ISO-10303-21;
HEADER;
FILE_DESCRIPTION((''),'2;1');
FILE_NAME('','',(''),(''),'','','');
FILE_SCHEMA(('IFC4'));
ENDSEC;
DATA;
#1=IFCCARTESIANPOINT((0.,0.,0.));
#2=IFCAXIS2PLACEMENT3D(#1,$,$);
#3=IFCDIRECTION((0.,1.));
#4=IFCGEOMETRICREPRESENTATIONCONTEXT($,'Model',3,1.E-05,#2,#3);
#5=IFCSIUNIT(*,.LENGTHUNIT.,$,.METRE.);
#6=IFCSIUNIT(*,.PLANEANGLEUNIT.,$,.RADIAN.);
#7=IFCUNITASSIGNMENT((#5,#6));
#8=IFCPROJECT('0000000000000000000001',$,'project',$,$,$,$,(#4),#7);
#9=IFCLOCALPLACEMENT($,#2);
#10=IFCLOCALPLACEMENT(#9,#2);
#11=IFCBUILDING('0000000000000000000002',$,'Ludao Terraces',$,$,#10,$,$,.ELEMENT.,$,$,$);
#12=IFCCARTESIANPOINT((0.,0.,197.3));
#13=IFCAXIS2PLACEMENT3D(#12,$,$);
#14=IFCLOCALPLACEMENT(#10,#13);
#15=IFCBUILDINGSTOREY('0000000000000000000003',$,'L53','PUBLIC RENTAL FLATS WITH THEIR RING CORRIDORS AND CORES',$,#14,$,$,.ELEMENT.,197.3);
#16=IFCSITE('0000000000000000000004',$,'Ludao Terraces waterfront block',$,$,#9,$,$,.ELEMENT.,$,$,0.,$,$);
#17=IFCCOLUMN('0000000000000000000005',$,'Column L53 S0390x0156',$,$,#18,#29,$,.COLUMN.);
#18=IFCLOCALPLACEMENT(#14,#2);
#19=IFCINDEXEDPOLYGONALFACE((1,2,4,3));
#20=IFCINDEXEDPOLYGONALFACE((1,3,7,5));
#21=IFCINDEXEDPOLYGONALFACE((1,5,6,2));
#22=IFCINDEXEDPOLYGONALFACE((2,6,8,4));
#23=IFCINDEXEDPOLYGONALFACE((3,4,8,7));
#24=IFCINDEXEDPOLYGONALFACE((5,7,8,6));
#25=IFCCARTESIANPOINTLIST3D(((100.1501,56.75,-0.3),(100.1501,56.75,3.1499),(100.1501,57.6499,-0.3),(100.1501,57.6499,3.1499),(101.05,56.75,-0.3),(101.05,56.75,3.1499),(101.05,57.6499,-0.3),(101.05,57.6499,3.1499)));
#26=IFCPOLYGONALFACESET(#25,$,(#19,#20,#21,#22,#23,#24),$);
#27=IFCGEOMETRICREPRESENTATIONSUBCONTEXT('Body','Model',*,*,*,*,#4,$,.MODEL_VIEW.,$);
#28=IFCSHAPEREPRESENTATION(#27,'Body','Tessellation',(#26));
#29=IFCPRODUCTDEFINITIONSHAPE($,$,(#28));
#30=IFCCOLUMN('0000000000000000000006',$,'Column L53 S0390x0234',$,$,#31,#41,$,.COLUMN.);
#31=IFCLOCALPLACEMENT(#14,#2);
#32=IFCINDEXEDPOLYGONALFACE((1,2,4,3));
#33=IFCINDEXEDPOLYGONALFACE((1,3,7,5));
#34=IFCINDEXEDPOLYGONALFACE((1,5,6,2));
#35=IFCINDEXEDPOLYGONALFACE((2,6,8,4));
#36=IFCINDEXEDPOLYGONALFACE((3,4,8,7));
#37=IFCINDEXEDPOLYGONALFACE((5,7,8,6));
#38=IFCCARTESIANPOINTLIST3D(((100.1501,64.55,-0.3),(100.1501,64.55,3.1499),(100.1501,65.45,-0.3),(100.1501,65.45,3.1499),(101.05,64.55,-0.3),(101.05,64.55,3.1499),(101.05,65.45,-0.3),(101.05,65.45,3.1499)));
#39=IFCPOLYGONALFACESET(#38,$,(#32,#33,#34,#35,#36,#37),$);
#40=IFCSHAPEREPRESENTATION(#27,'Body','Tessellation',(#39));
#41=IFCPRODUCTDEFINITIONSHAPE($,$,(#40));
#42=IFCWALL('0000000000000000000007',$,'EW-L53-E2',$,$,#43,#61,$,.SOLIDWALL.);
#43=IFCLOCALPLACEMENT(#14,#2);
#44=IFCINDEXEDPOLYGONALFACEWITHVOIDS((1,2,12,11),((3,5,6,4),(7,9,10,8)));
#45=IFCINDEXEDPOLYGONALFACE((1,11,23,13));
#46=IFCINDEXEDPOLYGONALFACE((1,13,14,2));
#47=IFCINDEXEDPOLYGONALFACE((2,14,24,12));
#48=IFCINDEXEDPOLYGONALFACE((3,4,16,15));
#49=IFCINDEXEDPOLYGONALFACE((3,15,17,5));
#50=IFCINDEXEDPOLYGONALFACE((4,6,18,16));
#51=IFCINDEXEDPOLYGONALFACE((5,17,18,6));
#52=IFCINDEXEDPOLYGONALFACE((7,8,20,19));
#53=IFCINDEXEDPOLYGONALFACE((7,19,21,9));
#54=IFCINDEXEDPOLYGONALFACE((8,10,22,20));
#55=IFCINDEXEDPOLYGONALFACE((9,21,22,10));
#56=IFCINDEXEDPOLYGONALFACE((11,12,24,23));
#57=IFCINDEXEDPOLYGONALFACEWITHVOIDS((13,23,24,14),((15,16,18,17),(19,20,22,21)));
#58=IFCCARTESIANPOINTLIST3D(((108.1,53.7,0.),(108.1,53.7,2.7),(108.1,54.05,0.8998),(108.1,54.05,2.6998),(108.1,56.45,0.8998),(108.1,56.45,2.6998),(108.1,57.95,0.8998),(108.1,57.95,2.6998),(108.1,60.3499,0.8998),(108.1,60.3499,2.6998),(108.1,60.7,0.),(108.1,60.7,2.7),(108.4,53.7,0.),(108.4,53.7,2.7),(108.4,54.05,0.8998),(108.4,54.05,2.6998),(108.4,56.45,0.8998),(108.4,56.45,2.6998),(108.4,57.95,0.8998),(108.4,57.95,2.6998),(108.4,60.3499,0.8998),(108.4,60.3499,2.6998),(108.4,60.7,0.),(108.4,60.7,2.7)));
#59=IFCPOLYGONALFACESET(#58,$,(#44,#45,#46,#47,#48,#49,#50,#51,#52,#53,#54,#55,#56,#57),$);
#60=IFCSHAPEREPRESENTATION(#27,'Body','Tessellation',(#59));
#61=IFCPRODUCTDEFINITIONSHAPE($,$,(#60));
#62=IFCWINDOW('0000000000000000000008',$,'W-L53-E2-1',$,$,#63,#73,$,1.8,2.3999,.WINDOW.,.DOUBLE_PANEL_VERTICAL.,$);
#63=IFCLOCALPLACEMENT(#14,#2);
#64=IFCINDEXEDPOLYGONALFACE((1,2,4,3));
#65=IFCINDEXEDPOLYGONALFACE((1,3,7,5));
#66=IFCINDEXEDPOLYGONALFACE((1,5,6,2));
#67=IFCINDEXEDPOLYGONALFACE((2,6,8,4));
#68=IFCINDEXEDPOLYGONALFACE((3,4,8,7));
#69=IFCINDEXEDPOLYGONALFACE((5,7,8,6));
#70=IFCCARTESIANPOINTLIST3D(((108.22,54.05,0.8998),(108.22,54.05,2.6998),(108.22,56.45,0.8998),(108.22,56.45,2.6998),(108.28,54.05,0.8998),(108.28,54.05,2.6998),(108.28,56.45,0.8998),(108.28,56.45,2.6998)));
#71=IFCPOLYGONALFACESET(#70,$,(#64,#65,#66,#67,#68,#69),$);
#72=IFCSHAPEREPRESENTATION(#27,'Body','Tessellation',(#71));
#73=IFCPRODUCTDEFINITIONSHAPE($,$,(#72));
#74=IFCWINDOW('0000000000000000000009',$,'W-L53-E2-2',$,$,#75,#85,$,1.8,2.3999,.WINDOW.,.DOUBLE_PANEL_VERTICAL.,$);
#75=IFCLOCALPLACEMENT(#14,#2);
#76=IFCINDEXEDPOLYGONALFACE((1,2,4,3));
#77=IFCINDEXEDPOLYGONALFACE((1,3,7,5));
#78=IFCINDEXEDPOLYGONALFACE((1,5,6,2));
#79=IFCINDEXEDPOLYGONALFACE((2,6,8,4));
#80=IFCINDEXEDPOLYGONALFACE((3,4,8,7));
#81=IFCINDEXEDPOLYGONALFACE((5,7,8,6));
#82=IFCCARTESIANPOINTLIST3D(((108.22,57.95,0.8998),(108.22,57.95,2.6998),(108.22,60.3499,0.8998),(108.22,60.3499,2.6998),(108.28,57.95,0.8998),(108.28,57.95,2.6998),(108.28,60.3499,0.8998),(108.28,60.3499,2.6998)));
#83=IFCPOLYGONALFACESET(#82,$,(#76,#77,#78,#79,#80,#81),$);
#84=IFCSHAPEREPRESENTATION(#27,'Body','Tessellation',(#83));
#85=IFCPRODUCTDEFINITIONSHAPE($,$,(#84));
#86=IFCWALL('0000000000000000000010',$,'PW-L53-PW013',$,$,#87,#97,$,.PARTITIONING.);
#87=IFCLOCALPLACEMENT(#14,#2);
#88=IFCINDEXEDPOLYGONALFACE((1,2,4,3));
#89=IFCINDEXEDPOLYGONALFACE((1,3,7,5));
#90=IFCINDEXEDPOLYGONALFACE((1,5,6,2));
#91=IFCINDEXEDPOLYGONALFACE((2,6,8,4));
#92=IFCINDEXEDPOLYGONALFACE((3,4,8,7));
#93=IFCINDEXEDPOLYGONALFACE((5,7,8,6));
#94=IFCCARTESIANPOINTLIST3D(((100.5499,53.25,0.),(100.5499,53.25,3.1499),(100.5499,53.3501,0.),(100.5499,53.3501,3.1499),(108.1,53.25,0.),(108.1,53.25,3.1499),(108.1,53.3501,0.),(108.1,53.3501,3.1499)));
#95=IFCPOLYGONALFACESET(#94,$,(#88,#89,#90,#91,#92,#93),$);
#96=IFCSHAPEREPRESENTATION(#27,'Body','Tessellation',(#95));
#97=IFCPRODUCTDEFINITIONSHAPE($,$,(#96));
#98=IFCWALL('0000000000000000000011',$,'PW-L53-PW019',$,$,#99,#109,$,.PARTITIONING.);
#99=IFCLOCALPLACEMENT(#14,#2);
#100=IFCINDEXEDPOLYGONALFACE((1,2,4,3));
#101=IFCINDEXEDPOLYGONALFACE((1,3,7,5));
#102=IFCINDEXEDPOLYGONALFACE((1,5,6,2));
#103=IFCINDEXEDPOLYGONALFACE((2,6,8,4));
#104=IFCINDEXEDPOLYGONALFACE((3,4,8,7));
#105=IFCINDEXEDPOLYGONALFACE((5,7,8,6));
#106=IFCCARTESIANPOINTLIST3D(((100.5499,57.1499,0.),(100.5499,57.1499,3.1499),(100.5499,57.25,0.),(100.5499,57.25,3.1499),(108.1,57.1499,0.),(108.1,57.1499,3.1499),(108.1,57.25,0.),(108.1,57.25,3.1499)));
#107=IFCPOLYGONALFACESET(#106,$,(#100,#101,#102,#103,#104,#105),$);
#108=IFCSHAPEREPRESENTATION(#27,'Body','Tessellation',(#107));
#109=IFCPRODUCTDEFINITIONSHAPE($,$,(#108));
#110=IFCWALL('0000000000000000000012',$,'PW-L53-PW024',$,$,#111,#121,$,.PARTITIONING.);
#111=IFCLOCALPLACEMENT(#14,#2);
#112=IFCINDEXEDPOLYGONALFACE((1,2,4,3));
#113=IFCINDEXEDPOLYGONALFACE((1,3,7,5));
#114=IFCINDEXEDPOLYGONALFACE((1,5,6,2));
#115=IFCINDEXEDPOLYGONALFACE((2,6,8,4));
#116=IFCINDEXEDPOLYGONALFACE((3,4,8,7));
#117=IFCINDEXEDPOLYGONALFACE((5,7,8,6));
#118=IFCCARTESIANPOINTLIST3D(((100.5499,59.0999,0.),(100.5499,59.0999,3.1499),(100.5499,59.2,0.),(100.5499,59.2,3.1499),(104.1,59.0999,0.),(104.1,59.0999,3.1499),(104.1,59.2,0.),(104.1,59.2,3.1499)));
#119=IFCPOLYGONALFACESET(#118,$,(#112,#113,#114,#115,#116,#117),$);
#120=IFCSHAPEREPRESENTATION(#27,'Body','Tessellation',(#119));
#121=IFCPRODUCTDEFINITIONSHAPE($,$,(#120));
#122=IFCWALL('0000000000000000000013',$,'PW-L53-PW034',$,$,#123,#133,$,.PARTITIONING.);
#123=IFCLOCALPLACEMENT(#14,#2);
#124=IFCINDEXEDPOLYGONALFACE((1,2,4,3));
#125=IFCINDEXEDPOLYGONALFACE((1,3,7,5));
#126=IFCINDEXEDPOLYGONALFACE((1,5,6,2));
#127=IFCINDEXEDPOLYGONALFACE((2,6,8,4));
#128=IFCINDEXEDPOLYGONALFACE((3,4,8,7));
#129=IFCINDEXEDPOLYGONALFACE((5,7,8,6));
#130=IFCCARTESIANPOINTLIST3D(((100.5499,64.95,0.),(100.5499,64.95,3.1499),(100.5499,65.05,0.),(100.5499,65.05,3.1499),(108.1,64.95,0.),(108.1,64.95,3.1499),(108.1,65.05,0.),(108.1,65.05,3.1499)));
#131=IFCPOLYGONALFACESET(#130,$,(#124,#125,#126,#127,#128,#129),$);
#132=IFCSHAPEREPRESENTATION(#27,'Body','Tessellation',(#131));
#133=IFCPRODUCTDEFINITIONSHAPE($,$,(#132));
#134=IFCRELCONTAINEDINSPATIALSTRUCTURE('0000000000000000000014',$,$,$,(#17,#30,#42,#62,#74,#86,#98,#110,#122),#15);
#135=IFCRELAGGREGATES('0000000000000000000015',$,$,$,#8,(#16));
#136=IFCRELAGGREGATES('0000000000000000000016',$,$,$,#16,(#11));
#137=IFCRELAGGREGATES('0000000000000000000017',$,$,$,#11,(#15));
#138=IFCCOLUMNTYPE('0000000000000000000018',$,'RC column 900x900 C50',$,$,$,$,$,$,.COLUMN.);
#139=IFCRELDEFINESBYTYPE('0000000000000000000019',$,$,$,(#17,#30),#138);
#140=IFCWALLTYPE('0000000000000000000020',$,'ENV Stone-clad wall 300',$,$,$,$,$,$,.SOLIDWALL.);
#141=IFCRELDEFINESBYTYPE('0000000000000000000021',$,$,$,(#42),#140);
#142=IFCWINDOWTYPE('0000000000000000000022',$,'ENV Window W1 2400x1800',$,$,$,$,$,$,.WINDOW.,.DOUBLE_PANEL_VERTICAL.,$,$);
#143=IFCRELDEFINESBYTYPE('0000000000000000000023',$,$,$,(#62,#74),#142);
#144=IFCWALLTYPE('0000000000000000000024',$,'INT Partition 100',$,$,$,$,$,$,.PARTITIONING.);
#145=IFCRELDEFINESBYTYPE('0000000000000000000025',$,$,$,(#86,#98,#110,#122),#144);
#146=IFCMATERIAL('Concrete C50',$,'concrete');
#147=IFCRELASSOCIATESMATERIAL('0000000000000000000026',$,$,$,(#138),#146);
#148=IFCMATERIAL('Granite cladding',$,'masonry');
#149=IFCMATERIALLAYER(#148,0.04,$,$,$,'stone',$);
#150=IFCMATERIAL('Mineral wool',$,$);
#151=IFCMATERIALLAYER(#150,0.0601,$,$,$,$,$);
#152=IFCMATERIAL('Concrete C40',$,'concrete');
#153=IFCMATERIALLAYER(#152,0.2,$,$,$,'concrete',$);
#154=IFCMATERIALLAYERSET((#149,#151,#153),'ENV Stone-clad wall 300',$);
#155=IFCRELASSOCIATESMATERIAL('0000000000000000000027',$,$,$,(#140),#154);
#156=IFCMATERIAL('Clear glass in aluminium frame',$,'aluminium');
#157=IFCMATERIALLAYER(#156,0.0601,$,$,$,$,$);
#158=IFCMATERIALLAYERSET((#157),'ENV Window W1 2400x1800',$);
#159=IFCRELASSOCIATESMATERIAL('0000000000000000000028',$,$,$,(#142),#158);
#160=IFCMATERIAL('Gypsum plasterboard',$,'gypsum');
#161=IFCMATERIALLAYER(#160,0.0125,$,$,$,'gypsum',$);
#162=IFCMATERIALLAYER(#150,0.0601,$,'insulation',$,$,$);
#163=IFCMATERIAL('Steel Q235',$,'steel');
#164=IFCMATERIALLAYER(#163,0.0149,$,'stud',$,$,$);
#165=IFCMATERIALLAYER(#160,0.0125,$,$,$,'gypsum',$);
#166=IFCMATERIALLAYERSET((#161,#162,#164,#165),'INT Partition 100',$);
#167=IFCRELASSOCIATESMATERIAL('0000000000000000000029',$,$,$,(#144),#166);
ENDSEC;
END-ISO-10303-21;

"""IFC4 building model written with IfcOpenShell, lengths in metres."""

from ifc_helpers import new_model, si_unit, direction, frame, frame_2d, origin, origin_2d, place, context, subcontext, project, spatial, rectangle, extrude, material, layer, layer_set, material_profile, profile_set, type_object, element, fill, save


model = new_model("IFC4")

# Units and contexts
model_context = context("Model", 3, precision=1e-05, world=origin(), true_north=direction((0.0, 1.0)))
body_context = subcontext(model_context, "Body", "Model", "MODEL_VIEW")
ifc_project = project(units=[si_unit("LENGTHUNIT", "METRE"), si_unit("PLANEANGLEUNIT", "RADIAN")], contexts=[model_context])

# Site, building, storey
site_placement = place(None, origin())
site = spatial("IfcSite", under=ifc_project, at=site_placement, Name="Ludao Terraces waterfront block", CompositionType="ELEMENT", RefElevation=0.0)
building_placement = place(site_placement, origin())
building = spatial("IfcBuilding", under=site, at=building_placement, Name="Ludao Terraces", CompositionType="ELEMENT")
storey_placement = place(building_placement, frame((0.0, 0.0, 197.3)))
storey = spatial("IfcBuildingStorey", under=building, at=storey_placement, Name="L53", Description="PUBLIC RENTAL FLATS WITH THEIR RING CORRIDORS AND CORES", CompositionType="ELEMENT", Elevation=197.3)

# Columns
ifc_material_1 = material(Name="Concrete C50", Category="concrete")
ifc_material_profile = material_profile(ifc_material_1, rectangle(XDim=0.8999, YDim=0.8999, at=origin_2d()), Name="900 X 900")
ifc_profile_set = profile_set([ifc_material_profile], Name="Concrete C50")
column_type = type_object("IfcColumnType", Name="RC column 900x900 C50", PredefinedType="COLUMN", material=ifc_profile_set)
for number, where, z_axis, x_axis, name in (
    (1, (100.6001, 57.2, -0.3), (0.0, 0.0, 1.0), (1.0, 0.0, 0.0), "Column L53 S0390x0156"),
    (2, (100.6001, 65.0, -0.3), (0.0, 0.0, 1.0), (1.0, 0.0, 0.0), "Column L53 S0390x0234"),
):
    element("IfcColumn", number, at=place(storey_placement, frame(where, z_axis=z_axis, x_axis=x_axis)), inside=storey, type_object=column_type, Name=name, PredefinedType="COLUMN", context=body_context, shape_type="SweptSolid", body=[
        extrude(rectangle(XDim=0.8999, YDim=0.8999, at=origin_2d()), origin(), (0.0, 0.0, 1.0), 3.45),
    ])

# Wall, openings, windows
ifc_material_2 = material(Name="Granite cladding", Category="masonry")
ifc_layer_1 = layer(ifc_material_2, 0.04, Category="stone")
ifc_material_3 = material(Name="Mineral wool")
ifc_layer_2 = layer(ifc_material_3, 0.0601)
ifc_material_4 = material(Name="Concrete C40", Category="concrete")
ifc_layer_3 = layer(ifc_material_4, 0.2, Category="concrete")
ifc_layer_set_1 = layer_set([ifc_layer_1, ifc_layer_2, ifc_layer_3], Name="ENV Stone-clad wall 300")
wall_type_1 = type_object("IfcWallType", Name="ENV Stone-clad wall 300", PredefinedType="SOLIDWALL", material=ifc_layer_set_1)
wall_1_placement = place(storey_placement, frame((108.25, 53.7, 0.0), z_axis=(0.0, 0.0, 1.0), x_axis=(0.0, 1.0, 0.0)))
wall_1 = element("IfcWall", 3, at=wall_1_placement, inside=storey, type_object=wall_type_1, Name="EW-L53-E2", PredefinedType="SOLIDWALL", context=body_context, shape_type="SweptSolid", body=[
    extrude(rectangle(XDim=7.0, YDim=0.3, at=frame_2d((3.5, 0.0))), origin(), (0.0, 0.0, 1.0), 2.7),
])
opening_1_placement = place(wall_1_placement, frame((0.3501, 0.0, 0.8999)))
opening_1 = element("IfcOpeningElement", 4, at=opening_1_placement, cuts=wall_1, PredefinedType="OPENING", context=body_context, shape_type="SweptSolid", body=[
    extrude(rectangle(XDim=2.3999, YDim=1.8, at=frame_2d((1.2, 0.8999))), frame((0.0, 0.1602, 0.0), z_axis=(0.0, -1.0, 0.0), x_axis=(1.0, 0.0, 0.0)), (0.0, 0.0, 1.0), 0.3201),
])
opening_2_placement = place(wall_1_placement, frame((4.25, 0.0, 0.8999)))
opening_2 = element("IfcOpeningElement", 5, at=opening_2_placement, cuts=wall_1, PredefinedType="OPENING", context=body_context, shape_type="SweptSolid", body=[
    extrude(rectangle(XDim=2.3999, YDim=1.8, at=frame_2d((1.2, 0.8999))), frame((0.0, 0.1602, 0.0), z_axis=(0.0, -1.0, 0.0), x_axis=(1.0, 0.0, 0.0)), (0.0, 0.0, 1.0), 0.3201),
])
ifc_material_5 = material(Name="Clear glass in aluminium frame", Category="aluminium")
ifc_layer_4 = layer(ifc_material_5, 0.0601)
ifc_layer_set_2 = layer_set([ifc_layer_4], Name="ENV Window W1 2400x1800")
window_type = type_object("IfcWindowType", Name="ENV Window W1 2400x1800", PartitioningType="DOUBLE_PANEL_VERTICAL", PredefinedType="WINDOW", material=ifc_layer_set_2)
window_1_placement = place(opening_1_placement, origin())
window_1 = element("IfcWindow", 6, at=window_1_placement, inside=storey, type_object=window_type, Name="W-L53-E2-1", OverallHeight=1.8, OverallWidth=2.3999, PartitioningType="DOUBLE_PANEL_VERTICAL", PredefinedType="WINDOW", context=body_context, shape_type="SweptSolid", body=[
    extrude(rectangle(XDim=2.3999, YDim=1.8, at=frame_2d((1.2, 0.8999))), frame((0.0, 0.03, 0.0), z_axis=(0.0, -1.0, 0.0), x_axis=(1.0, 0.0, 0.0)), (0.0, 0.0, 1.0), 0.0601),
])
fill(opening_1, window_1)
window_2_placement = place(opening_2_placement, origin())
window_2 = element("IfcWindow", 7, at=window_2_placement, inside=storey, type_object=window_type, Name="W-L53-E2-2", OverallHeight=1.8, OverallWidth=2.3999, PartitioningType="DOUBLE_PANEL_VERTICAL", PredefinedType="WINDOW", context=body_context, shape_type="SweptSolid", body=[
    extrude(rectangle(XDim=2.3999, YDim=1.8, at=frame_2d((1.2, 0.8999))), frame((0.0, 0.03, 0.0), z_axis=(0.0, -1.0, 0.0), x_axis=(1.0, 0.0, 0.0)), (0.0, 0.0, 1.0), 0.0601),
])
fill(opening_2, window_2)

# Walls
ifc_material_6 = material(Name="Gypsum plasterboard", Category="gypsum")
ifc_layer_5 = layer(ifc_material_6, 0.0125, Category="gypsum")
ifc_layer_6 = layer(ifc_material_3, 0.0601, Name="insulation")
ifc_material_7 = material(Name="Steel Q235", Category="steel")
ifc_layer_7 = layer(ifc_material_7, 0.0149, Name="stud")
ifc_layer_8 = layer(ifc_material_6, 0.0125, Category="gypsum")
ifc_layer_set_3 = layer_set([ifc_layer_5, ifc_layer_6, ifc_layer_7, ifc_layer_8], Name="INT Partition 100")
wall_type_2 = type_object("IfcWallType", Name="INT Partition 100", PredefinedType="PARTITIONING", material=ifc_layer_set_3)
for number, where, z_axis, x_axis, name in (
    (8, (100.55, 53.3, 0.0), (0.0, 0.0, 1.0), (1.0, 0.0, 0.0), "PW-L53-PW013"),
    (9, (100.55, 57.2, 0.0), (0.0, 0.0, 1.0), (1.0, 0.0, 0.0), "PW-L53-PW019"),
):
    element("IfcWall", number, at=place(storey_placement, frame(where, z_axis=z_axis, x_axis=x_axis)), inside=storey, type_object=wall_type_2, Name=name, PredefinedType="PARTITIONING", context=body_context, shape_type="SweptSolid", body=[
        extrude(rectangle(XDim=7.55, YDim=0.1001, at=frame_2d((3.7749, 0.0))), origin(), (0.0, 0.0, 1.0), 3.1499),
    ])
wall_2_placement = place(storey_placement, frame((100.55, 59.1499, 0.0), z_axis=(0.0, 0.0, 1.0), x_axis=(1.0, 0.0, 0.0)))
element("IfcWall", 10, at=wall_2_placement, inside=storey, type_object=wall_type_2, Name="PW-L53-PW024", PredefinedType="PARTITIONING", context=body_context, shape_type="SweptSolid", body=[
    extrude(rectangle(XDim=3.55, YDim=0.1001, at=frame_2d((1.7749, 0.0))), origin(), (0.0, 0.0, 1.0), 3.1499),
])
wall_3_placement = place(storey_placement, frame((100.55, 65.0, 0.0), z_axis=(0.0, 0.0, 1.0), x_axis=(1.0, 0.0, 0.0)))
element("IfcWall", 11, at=wall_3_placement, inside=storey, type_object=wall_type_2, Name="PW-L53-PW034", PredefinedType="PARTITIONING", context=body_context, shape_type="SweptSolid", body=[
    extrude(rectangle(XDim=7.55, YDim=0.1001, at=frame_2d((3.7749, 0.0))), origin(), (0.0, 0.0, 1.0), 3.1499),
])

save(model, "model.ifc")
